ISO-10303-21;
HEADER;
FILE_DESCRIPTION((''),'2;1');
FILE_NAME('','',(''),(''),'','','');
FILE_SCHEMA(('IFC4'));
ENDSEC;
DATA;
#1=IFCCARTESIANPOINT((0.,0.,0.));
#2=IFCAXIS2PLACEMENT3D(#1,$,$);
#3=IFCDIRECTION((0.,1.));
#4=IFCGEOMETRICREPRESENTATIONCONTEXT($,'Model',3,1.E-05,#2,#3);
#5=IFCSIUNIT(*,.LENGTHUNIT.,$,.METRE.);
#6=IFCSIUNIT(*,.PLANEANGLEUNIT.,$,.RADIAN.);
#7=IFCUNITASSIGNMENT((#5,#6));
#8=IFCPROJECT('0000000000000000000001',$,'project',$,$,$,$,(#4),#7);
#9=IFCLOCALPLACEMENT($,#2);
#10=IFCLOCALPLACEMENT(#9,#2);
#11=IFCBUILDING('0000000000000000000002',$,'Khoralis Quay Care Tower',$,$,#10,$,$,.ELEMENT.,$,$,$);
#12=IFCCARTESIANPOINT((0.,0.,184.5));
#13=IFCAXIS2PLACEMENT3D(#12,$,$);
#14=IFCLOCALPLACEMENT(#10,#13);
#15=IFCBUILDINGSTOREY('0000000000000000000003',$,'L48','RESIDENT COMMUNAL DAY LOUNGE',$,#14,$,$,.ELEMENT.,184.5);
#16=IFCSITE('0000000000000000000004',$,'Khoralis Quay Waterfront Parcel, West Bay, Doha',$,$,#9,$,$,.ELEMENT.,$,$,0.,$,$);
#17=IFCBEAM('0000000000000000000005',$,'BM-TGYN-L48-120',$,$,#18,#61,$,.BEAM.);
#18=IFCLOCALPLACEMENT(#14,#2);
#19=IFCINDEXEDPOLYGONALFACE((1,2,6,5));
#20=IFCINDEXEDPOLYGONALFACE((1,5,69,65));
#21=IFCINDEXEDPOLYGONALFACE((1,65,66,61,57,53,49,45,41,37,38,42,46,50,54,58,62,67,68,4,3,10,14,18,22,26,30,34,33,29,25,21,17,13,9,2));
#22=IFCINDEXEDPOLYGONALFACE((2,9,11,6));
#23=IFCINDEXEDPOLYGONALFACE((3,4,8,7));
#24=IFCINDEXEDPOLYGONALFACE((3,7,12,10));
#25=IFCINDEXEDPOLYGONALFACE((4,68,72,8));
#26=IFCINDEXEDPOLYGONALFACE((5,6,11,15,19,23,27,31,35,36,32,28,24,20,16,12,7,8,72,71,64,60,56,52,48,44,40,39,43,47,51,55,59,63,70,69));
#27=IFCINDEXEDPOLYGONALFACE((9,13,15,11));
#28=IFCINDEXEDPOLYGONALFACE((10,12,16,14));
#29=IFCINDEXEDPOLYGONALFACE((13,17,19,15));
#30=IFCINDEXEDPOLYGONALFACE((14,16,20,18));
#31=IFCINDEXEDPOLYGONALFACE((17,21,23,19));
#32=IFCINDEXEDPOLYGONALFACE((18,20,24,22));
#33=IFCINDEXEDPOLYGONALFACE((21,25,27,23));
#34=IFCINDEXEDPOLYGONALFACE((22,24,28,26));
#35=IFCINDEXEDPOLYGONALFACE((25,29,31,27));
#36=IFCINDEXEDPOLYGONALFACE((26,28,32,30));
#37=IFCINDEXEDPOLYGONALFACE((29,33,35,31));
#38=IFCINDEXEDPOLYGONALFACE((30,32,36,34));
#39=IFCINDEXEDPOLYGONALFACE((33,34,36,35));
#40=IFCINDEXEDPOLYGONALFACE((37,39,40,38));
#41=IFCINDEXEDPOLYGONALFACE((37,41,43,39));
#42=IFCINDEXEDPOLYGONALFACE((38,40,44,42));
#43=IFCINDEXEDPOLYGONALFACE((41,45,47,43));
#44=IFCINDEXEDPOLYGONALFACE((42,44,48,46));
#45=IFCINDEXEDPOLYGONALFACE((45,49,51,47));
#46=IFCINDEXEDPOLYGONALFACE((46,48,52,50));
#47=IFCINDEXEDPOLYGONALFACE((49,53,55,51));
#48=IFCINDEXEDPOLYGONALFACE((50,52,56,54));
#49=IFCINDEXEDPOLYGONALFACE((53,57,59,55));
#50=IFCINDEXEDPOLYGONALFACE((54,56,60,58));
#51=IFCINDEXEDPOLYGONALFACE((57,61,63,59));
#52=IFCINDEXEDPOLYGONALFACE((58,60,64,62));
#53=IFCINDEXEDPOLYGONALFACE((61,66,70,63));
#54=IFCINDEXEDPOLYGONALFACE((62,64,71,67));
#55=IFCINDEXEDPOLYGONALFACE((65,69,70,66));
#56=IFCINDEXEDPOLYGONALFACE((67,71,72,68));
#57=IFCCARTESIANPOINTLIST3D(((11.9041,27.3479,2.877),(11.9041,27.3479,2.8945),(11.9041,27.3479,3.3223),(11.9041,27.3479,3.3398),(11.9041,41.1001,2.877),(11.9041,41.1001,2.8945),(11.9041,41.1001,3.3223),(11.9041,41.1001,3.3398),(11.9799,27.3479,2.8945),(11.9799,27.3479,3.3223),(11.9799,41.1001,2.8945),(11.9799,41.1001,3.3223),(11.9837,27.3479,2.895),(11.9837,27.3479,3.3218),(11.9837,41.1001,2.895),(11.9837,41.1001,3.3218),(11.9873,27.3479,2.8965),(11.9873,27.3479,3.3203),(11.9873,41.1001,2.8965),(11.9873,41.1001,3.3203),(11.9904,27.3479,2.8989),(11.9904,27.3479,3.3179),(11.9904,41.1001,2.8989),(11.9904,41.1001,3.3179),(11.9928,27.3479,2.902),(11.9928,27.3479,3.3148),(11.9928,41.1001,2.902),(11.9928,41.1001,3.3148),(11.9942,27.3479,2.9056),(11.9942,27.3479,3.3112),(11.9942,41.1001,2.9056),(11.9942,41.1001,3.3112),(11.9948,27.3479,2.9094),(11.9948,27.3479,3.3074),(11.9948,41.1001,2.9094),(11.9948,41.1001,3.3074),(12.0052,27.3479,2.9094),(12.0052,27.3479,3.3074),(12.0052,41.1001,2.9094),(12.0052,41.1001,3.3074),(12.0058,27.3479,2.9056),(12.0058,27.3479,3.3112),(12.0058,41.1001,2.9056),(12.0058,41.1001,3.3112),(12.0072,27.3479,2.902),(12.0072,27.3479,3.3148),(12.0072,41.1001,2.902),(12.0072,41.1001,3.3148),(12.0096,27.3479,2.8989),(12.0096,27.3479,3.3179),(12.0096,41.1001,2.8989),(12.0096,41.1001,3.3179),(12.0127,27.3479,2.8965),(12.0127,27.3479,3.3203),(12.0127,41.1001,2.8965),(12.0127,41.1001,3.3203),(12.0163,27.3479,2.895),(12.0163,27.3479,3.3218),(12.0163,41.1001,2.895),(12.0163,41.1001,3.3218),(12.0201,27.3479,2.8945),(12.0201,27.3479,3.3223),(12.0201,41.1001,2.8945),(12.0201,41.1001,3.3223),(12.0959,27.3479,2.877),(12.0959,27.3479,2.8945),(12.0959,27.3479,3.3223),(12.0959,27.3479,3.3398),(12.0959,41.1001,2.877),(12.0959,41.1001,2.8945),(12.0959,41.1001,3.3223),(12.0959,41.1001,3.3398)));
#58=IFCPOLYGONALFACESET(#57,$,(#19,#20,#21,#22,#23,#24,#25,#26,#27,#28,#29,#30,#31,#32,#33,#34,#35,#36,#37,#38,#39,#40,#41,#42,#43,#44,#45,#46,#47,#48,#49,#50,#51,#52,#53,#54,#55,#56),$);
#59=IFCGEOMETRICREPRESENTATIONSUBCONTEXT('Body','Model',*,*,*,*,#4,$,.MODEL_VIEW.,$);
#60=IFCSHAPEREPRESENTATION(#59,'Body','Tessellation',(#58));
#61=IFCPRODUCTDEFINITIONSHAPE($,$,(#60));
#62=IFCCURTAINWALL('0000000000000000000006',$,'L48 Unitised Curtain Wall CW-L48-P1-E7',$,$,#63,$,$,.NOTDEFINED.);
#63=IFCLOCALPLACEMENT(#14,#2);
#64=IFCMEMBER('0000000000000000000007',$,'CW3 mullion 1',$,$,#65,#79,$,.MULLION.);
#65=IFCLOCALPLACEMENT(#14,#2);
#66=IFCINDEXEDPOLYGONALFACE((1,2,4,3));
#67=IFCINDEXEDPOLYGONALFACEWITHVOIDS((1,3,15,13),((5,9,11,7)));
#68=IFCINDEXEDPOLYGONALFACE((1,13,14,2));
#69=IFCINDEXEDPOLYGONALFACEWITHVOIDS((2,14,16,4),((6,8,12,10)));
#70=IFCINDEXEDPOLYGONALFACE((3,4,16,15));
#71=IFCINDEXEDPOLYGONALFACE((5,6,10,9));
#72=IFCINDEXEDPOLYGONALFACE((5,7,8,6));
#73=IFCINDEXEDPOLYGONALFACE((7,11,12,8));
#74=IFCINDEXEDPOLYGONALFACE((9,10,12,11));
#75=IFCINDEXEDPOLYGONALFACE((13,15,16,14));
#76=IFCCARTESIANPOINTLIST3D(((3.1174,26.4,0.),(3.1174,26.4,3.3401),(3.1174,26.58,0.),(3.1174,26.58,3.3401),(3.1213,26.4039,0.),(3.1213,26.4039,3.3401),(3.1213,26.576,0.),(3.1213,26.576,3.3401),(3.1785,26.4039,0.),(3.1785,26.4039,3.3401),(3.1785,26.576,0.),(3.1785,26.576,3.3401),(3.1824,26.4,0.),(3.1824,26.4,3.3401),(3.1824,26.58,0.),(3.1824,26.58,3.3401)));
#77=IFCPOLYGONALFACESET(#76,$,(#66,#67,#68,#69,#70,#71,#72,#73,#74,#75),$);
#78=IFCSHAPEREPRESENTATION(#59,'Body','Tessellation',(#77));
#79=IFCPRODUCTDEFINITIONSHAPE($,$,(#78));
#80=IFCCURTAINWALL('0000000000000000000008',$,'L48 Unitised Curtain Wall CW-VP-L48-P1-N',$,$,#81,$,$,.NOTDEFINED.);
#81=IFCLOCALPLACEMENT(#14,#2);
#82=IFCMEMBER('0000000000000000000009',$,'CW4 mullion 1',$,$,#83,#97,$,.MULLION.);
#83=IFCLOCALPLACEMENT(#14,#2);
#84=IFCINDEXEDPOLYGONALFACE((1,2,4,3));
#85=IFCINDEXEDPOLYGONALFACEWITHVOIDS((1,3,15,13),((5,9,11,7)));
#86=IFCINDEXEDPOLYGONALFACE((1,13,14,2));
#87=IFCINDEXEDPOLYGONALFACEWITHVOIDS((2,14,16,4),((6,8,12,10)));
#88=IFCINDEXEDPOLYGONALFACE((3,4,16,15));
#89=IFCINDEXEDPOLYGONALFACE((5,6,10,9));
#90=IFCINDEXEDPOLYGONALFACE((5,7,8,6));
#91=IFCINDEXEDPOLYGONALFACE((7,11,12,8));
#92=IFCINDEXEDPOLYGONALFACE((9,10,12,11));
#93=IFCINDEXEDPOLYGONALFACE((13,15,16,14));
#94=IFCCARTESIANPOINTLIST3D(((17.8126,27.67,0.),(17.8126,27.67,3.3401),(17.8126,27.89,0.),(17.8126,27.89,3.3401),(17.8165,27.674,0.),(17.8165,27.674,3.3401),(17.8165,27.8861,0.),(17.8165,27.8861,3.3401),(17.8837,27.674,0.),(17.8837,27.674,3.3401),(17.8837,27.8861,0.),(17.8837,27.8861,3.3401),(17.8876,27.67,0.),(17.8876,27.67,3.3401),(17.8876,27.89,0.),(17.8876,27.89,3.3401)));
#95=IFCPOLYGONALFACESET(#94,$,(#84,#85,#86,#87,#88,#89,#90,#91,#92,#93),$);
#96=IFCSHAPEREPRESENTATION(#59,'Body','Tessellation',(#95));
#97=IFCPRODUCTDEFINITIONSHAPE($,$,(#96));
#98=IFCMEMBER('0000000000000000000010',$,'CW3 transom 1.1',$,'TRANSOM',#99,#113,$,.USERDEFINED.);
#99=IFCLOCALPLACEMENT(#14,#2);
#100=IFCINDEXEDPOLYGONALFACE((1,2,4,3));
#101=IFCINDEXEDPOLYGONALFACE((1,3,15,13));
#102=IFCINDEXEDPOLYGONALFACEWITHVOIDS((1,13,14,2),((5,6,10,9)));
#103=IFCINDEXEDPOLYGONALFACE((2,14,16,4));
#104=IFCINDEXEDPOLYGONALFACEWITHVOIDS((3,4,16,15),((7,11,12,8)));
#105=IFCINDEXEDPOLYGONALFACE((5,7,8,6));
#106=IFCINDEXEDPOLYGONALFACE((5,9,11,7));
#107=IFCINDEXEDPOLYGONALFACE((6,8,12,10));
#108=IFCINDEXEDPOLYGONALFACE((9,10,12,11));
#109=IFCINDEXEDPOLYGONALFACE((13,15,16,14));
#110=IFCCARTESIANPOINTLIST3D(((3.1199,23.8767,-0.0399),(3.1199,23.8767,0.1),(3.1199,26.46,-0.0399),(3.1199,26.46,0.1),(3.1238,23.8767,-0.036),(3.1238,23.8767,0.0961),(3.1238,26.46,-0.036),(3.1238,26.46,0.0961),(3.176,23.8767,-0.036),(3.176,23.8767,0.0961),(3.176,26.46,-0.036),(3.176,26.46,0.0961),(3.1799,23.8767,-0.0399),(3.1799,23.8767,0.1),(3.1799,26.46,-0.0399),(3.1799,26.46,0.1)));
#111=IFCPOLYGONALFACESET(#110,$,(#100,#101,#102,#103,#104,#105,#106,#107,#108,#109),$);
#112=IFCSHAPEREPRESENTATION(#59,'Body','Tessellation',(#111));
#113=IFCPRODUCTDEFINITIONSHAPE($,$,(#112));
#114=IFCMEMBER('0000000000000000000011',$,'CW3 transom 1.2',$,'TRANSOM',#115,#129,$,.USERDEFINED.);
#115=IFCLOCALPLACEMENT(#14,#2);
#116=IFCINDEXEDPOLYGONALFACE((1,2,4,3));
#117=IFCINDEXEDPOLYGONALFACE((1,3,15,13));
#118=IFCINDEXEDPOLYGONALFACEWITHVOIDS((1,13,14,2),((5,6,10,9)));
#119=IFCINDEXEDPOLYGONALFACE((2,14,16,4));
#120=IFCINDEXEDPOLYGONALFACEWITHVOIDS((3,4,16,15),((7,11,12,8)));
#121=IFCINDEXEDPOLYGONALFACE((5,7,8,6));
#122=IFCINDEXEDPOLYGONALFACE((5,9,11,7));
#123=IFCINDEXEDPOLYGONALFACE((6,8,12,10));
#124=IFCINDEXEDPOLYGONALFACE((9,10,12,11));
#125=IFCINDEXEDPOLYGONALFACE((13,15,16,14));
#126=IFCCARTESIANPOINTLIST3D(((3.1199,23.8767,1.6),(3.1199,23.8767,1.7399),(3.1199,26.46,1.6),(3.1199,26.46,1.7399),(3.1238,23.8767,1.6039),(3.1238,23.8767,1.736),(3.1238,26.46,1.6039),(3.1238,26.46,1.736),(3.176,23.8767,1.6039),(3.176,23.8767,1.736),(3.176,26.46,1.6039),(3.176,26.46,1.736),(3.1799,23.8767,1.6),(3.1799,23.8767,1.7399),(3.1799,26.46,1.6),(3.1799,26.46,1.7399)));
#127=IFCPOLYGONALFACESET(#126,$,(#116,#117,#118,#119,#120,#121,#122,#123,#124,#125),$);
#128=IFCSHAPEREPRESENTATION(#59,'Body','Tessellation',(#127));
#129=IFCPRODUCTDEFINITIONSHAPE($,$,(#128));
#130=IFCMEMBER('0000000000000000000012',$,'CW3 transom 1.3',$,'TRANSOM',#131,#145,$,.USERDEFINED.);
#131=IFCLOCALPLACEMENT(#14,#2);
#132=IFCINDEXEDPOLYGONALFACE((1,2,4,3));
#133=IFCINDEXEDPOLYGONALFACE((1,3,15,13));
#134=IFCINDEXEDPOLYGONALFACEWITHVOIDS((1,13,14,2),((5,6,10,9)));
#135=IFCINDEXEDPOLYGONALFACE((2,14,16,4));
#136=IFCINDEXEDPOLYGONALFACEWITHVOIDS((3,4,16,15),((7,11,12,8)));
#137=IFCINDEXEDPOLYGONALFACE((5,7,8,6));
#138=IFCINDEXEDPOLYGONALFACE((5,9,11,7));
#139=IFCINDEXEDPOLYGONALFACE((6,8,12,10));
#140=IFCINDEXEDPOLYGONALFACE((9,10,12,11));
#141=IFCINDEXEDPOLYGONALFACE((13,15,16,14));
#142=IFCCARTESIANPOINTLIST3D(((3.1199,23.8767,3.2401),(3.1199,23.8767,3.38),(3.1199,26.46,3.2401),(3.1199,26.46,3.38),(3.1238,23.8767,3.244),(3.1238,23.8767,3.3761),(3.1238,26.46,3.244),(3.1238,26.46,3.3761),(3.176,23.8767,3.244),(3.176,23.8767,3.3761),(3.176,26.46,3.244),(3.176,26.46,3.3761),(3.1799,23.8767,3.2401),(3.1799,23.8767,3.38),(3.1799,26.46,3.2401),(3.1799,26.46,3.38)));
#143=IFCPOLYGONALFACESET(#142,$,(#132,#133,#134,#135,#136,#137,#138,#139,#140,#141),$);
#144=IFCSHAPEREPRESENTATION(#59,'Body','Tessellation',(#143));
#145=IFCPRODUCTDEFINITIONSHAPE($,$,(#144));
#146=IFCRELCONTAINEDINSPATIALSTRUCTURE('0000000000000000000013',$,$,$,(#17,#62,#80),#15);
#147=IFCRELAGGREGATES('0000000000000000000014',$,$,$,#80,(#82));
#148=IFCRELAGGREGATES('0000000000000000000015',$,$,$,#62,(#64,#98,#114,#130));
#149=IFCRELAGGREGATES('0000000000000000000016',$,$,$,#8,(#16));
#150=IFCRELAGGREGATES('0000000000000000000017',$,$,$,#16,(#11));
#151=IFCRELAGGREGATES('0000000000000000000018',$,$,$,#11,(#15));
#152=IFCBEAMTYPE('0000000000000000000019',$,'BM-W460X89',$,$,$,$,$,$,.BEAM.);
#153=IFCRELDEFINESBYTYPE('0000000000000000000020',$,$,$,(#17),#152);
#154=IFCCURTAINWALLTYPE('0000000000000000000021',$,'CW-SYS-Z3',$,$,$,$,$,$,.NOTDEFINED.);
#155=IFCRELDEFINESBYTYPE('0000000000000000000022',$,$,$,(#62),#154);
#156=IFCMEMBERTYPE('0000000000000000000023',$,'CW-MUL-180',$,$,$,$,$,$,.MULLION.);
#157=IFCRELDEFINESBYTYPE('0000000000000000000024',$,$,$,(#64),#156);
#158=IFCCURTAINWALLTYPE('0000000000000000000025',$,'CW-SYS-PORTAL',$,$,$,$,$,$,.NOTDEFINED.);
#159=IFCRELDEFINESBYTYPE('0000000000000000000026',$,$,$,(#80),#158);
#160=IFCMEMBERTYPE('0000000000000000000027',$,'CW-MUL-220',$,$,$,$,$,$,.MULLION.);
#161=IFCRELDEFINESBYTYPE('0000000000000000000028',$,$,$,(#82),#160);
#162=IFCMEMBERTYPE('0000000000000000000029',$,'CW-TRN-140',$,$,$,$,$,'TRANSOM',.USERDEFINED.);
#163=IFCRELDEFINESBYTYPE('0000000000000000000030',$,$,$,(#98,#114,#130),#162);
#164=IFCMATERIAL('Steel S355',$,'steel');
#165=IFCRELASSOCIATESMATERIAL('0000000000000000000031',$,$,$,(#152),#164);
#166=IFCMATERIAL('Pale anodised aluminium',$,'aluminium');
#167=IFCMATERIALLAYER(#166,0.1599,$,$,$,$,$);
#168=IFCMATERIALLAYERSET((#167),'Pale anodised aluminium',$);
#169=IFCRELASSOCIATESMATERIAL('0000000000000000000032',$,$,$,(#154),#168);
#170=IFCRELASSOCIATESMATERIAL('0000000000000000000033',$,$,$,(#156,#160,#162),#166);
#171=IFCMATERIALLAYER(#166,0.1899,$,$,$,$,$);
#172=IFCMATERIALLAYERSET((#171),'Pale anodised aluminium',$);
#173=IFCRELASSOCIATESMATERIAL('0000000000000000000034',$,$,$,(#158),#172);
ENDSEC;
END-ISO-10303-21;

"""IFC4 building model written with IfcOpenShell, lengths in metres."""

from ifc_helpers import new_model, si_unit, direction, frame, origin, origin_2d, place, context, subcontext, project, spatial, hollow_rectangle, i_section, extrude, source, transform, mapped, material, layer, layer_set, material_profile, profile_set, type_object, element, aggregate, save


model = new_model("IFC4")

# Units and contexts
model_context = context("Model", 3, precision=1e-05, world=origin(), true_north=direction((0.0, 1.0)))
body_context = subcontext(model_context, "Body", "Model", "MODEL_VIEW")
ifc_project = project(units=[si_unit("LENGTHUNIT", "METRE"), si_unit("PLANEANGLEUNIT", "RADIAN")], contexts=[model_context])

# Site, building, storey
site_placement = place(None, origin())
site = spatial("IfcSite", under=ifc_project, at=site_placement, Name="Khoralis Quay Waterfront Parcel, West Bay, Doha", CompositionType="ELEMENT", RefElevation=0.0)
building_placement = place(site_placement, origin())
building = spatial("IfcBuilding", under=site, at=building_placement, Name="Khoralis Quay Care Tower", CompositionType="ELEMENT")
storey_placement = place(building_placement, frame((0.0, 0.0, 184.5)))
storey = spatial("IfcBuildingStorey", under=building, at=storey_placement, Name="L48", Description="RESIDENT COMMUNAL DAY LOUNGE", CompositionType="ELEMENT", Elevation=184.5)

# Beam
ifc_material_1 = material(Name="Steel S355", Category="steel")
ifc_material_profile_1 = material_profile(ifc_material_1, i_section(OverallWidth=0.1919, OverallDepth=0.4629, WebThickness=0.0105, FlangeThickness=0.0176, FilletRadius=0.0149, at=origin_2d()), Name="Steel S355")
ifc_profile_set_1 = profile_set([ifc_material_profile_1], Name="Steel S355")
beam_type_1 = type_object("IfcBeamType", Name="BM-W460X89", PredefinedType="BEAM", material=ifc_profile_set_1)
shared_shape_1 = source(origin(), body_context, "Body", "SweptSolid", [
    extrude(i_section(OverallWidth=0.1919, OverallDepth=0.4629, WebThickness=0.0105, FlangeThickness=0.0176, FilletRadius=0.0149, at=origin_2d()), origin(), (0.0, 0.0, 1.0), 13.7522),
])
beam_1_placement = place(storey_placement, frame((12.0, 27.3479, 3.1084), z_axis=(0.0, 1.0, 0.0), x_axis=(-1.0, 0.0, 0.0)))
element("IfcBeam", 1, at=beam_1_placement, inside=storey, type_object=beam_type_1, Name="BM-TGYN-L48-120", PredefinedType="BEAM", context=body_context, shape_type="MappedRepresentation", body=[
    mapped(shared_shape_1, transform((0.0, 0.0, 0.0), scale=1.0)),
])

# Curtain walls, members
ifc_material_2 = material(Name="Pale anodised aluminium", Category="aluminium")
ifc_layer_1 = layer(ifc_material_2, 0.1599)
ifc_layer_set_1 = layer_set([ifc_layer_1], Name="Pale anodised aluminium")
curtain_wall_type_1 = type_object("IfcCurtainWallType", Name="CW-SYS-Z3", PredefinedType="NOTDEFINED", material=ifc_layer_set_1)
curtain_wall_1_placement = place(storey_placement, origin())
curtain_wall_1 = element("IfcCurtainWall", 2, at=curtain_wall_1_placement, inside=storey, type_object=curtain_wall_type_1, Name="L48 Unitised Curtain Wall CW-L48-P1-E7", PredefinedType="NOTDEFINED")
ifc_material_profile_2 = material_profile(ifc_material_2, hollow_rectangle(XDim=0.0649, YDim=0.1799, WallThickness=0.0039, at=origin_2d()), Name="Pale anodised aluminium")
ifc_profile_set_2 = profile_set([ifc_material_profile_2], Name="Pale anodised aluminium")
member_type_1 = type_object("IfcMemberType", Name="CW-MUL-180", PredefinedType="MULLION", material=ifc_profile_set_2)
shared_shape_2 = source(origin(), body_context, "Body", "SweptSolid", [
    extrude(hollow_rectangle(XDim=0.0649, YDim=0.1799, WallThickness=0.0039, at=origin_2d()), origin(), (0.0, 0.0, 1.0), 3.3401),
])
member_1_placement = place(storey_placement, frame((3.1499, 26.49, 0.0), z_axis=(0.0, 0.0, 1.0), x_axis=(1.0, 0.0, 0.0)))
member_1 = element("IfcMember", 3, at=member_1_placement, type_object=member_type_1, Name="CW3 mullion 1", PredefinedType="MULLION", context=body_context, shape_type="MappedRepresentation", body=[
    mapped(shared_shape_2, transform((0.0, 0.0, 0.0), scale=1.0)),
])
ifc_layer_2 = layer(ifc_material_2, 0.1899)
ifc_layer_set_2 = layer_set([ifc_layer_2], Name="Pale anodised aluminium")
curtain_wall_type_2 = type_object("IfcCurtainWallType", Name="CW-SYS-PORTAL", PredefinedType="NOTDEFINED", material=ifc_layer_set_2)
curtain_wall_2_placement = place(storey_placement, origin())
curtain_wall_2 = element("IfcCurtainWall", 4, at=curtain_wall_2_placement, inside=storey, type_object=curtain_wall_type_2, Name="L48 Unitised Curtain Wall CW-VP-L48-P1-N", PredefinedType="NOTDEFINED")
ifc_material_profile_3 = material_profile(ifc_material_2, hollow_rectangle(XDim=0.075, YDim=0.22, WallThickness=0.0039, at=origin_2d()), Name="Pale anodised aluminium")
ifc_profile_set_3 = profile_set([ifc_material_profile_3], Name="Pale anodised aluminium")
member_type_2 = type_object("IfcMemberType", Name="CW-MUL-220", PredefinedType="MULLION", material=ifc_profile_set_3)
shared_shape_3 = source(origin(), body_context, "Body", "SweptSolid", [
    extrude(hollow_rectangle(XDim=0.075, YDim=0.22, WallThickness=0.0039, at=origin_2d()), origin(), (0.0, 0.0, 1.0), 3.3401),
])
member_2_placement = place(storey_placement, frame((17.8501, 27.78, 0.0), z_axis=(0.0, 0.0, 1.0), x_axis=(-1.0, 0.0, 0.0)))
member_2 = element("IfcMember", 5, at=member_2_placement, type_object=member_type_2, Name="CW4 mullion 1", PredefinedType="MULLION", context=body_context, shape_type="MappedRepresentation", body=[
    mapped(shared_shape_3, transform((0.0, 0.0, 0.0), scale=1.0)),
])
aggregate(curtain_wall_2, [member_2])

# Members
ifc_material_profile_4 = material_profile(ifc_material_2, hollow_rectangle(XDim=0.0601, YDim=0.1399, WallThickness=0.0039, at=origin_2d()), Name="Pale anodised aluminium")
ifc_profile_set_4 = profile_set([ifc_material_profile_4], Name="Pale anodised aluminium")
member_type_3 = type_object("IfcMemberType", Name="CW-TRN-140", ElementType="TRANSOM", PredefinedType="USERDEFINED", material=ifc_profile_set_4)
shared_shape_4 = source(origin(), body_context, "Body", "SweptSolid", [
    extrude(hollow_rectangle(XDim=0.0601, YDim=0.1399, WallThickness=0.0039, at=origin_2d()), origin(), (0.0, 0.0, 1.0), 2.5833),
])
member_3_placement = place(storey_placement, frame((3.1499, 26.46, 0.03), z_axis=(0.0, -1.0, 0.0), x_axis=(1.0, 0.0, 0.0)))
member_3 = element("IfcMember", 6, at=member_3_placement, type_object=member_type_3, Name="CW3 transom 1.1", ObjectType="TRANSOM", PredefinedType="USERDEFINED", context=body_context, shape_type="MappedRepresentation", body=[
    mapped(shared_shape_4, transform((0.0, 0.0, 0.0), scale=1.0)),
])
member_4_placement = place(storey_placement, frame((3.1499, 26.46, 1.6699), z_axis=(0.0, -1.0, 0.0), x_axis=(1.0, 0.0, 0.0)))
member_4 = element("IfcMember", 7, at=member_4_placement, type_object=member_type_3, Name="CW3 transom 1.2", ObjectType="TRANSOM", PredefinedType="USERDEFINED", context=body_context, shape_type="MappedRepresentation", body=[
    mapped(shared_shape_4, transform((0.0, 0.0, 0.0), scale=1.0)),
])
member_5_placement = place(storey_placement, frame((3.1499, 26.46, 3.3101), z_axis=(0.0, -1.0, 0.0), x_axis=(1.0, 0.0, 0.0)))
member_5 = element("IfcMember", 8, at=member_5_placement, type_object=member_type_3, Name="CW3 transom 1.3", ObjectType="TRANSOM", PredefinedType="USERDEFINED", context=body_context, shape_type="MappedRepresentation", body=[
    mapped(shared_shape_4, transform((0.0, 0.0, 0.0), scale=1.0)),
])
aggregate(curtain_wall_1, [member_1, member_3, member_4, member_5])

save(model, "model.ifc")
